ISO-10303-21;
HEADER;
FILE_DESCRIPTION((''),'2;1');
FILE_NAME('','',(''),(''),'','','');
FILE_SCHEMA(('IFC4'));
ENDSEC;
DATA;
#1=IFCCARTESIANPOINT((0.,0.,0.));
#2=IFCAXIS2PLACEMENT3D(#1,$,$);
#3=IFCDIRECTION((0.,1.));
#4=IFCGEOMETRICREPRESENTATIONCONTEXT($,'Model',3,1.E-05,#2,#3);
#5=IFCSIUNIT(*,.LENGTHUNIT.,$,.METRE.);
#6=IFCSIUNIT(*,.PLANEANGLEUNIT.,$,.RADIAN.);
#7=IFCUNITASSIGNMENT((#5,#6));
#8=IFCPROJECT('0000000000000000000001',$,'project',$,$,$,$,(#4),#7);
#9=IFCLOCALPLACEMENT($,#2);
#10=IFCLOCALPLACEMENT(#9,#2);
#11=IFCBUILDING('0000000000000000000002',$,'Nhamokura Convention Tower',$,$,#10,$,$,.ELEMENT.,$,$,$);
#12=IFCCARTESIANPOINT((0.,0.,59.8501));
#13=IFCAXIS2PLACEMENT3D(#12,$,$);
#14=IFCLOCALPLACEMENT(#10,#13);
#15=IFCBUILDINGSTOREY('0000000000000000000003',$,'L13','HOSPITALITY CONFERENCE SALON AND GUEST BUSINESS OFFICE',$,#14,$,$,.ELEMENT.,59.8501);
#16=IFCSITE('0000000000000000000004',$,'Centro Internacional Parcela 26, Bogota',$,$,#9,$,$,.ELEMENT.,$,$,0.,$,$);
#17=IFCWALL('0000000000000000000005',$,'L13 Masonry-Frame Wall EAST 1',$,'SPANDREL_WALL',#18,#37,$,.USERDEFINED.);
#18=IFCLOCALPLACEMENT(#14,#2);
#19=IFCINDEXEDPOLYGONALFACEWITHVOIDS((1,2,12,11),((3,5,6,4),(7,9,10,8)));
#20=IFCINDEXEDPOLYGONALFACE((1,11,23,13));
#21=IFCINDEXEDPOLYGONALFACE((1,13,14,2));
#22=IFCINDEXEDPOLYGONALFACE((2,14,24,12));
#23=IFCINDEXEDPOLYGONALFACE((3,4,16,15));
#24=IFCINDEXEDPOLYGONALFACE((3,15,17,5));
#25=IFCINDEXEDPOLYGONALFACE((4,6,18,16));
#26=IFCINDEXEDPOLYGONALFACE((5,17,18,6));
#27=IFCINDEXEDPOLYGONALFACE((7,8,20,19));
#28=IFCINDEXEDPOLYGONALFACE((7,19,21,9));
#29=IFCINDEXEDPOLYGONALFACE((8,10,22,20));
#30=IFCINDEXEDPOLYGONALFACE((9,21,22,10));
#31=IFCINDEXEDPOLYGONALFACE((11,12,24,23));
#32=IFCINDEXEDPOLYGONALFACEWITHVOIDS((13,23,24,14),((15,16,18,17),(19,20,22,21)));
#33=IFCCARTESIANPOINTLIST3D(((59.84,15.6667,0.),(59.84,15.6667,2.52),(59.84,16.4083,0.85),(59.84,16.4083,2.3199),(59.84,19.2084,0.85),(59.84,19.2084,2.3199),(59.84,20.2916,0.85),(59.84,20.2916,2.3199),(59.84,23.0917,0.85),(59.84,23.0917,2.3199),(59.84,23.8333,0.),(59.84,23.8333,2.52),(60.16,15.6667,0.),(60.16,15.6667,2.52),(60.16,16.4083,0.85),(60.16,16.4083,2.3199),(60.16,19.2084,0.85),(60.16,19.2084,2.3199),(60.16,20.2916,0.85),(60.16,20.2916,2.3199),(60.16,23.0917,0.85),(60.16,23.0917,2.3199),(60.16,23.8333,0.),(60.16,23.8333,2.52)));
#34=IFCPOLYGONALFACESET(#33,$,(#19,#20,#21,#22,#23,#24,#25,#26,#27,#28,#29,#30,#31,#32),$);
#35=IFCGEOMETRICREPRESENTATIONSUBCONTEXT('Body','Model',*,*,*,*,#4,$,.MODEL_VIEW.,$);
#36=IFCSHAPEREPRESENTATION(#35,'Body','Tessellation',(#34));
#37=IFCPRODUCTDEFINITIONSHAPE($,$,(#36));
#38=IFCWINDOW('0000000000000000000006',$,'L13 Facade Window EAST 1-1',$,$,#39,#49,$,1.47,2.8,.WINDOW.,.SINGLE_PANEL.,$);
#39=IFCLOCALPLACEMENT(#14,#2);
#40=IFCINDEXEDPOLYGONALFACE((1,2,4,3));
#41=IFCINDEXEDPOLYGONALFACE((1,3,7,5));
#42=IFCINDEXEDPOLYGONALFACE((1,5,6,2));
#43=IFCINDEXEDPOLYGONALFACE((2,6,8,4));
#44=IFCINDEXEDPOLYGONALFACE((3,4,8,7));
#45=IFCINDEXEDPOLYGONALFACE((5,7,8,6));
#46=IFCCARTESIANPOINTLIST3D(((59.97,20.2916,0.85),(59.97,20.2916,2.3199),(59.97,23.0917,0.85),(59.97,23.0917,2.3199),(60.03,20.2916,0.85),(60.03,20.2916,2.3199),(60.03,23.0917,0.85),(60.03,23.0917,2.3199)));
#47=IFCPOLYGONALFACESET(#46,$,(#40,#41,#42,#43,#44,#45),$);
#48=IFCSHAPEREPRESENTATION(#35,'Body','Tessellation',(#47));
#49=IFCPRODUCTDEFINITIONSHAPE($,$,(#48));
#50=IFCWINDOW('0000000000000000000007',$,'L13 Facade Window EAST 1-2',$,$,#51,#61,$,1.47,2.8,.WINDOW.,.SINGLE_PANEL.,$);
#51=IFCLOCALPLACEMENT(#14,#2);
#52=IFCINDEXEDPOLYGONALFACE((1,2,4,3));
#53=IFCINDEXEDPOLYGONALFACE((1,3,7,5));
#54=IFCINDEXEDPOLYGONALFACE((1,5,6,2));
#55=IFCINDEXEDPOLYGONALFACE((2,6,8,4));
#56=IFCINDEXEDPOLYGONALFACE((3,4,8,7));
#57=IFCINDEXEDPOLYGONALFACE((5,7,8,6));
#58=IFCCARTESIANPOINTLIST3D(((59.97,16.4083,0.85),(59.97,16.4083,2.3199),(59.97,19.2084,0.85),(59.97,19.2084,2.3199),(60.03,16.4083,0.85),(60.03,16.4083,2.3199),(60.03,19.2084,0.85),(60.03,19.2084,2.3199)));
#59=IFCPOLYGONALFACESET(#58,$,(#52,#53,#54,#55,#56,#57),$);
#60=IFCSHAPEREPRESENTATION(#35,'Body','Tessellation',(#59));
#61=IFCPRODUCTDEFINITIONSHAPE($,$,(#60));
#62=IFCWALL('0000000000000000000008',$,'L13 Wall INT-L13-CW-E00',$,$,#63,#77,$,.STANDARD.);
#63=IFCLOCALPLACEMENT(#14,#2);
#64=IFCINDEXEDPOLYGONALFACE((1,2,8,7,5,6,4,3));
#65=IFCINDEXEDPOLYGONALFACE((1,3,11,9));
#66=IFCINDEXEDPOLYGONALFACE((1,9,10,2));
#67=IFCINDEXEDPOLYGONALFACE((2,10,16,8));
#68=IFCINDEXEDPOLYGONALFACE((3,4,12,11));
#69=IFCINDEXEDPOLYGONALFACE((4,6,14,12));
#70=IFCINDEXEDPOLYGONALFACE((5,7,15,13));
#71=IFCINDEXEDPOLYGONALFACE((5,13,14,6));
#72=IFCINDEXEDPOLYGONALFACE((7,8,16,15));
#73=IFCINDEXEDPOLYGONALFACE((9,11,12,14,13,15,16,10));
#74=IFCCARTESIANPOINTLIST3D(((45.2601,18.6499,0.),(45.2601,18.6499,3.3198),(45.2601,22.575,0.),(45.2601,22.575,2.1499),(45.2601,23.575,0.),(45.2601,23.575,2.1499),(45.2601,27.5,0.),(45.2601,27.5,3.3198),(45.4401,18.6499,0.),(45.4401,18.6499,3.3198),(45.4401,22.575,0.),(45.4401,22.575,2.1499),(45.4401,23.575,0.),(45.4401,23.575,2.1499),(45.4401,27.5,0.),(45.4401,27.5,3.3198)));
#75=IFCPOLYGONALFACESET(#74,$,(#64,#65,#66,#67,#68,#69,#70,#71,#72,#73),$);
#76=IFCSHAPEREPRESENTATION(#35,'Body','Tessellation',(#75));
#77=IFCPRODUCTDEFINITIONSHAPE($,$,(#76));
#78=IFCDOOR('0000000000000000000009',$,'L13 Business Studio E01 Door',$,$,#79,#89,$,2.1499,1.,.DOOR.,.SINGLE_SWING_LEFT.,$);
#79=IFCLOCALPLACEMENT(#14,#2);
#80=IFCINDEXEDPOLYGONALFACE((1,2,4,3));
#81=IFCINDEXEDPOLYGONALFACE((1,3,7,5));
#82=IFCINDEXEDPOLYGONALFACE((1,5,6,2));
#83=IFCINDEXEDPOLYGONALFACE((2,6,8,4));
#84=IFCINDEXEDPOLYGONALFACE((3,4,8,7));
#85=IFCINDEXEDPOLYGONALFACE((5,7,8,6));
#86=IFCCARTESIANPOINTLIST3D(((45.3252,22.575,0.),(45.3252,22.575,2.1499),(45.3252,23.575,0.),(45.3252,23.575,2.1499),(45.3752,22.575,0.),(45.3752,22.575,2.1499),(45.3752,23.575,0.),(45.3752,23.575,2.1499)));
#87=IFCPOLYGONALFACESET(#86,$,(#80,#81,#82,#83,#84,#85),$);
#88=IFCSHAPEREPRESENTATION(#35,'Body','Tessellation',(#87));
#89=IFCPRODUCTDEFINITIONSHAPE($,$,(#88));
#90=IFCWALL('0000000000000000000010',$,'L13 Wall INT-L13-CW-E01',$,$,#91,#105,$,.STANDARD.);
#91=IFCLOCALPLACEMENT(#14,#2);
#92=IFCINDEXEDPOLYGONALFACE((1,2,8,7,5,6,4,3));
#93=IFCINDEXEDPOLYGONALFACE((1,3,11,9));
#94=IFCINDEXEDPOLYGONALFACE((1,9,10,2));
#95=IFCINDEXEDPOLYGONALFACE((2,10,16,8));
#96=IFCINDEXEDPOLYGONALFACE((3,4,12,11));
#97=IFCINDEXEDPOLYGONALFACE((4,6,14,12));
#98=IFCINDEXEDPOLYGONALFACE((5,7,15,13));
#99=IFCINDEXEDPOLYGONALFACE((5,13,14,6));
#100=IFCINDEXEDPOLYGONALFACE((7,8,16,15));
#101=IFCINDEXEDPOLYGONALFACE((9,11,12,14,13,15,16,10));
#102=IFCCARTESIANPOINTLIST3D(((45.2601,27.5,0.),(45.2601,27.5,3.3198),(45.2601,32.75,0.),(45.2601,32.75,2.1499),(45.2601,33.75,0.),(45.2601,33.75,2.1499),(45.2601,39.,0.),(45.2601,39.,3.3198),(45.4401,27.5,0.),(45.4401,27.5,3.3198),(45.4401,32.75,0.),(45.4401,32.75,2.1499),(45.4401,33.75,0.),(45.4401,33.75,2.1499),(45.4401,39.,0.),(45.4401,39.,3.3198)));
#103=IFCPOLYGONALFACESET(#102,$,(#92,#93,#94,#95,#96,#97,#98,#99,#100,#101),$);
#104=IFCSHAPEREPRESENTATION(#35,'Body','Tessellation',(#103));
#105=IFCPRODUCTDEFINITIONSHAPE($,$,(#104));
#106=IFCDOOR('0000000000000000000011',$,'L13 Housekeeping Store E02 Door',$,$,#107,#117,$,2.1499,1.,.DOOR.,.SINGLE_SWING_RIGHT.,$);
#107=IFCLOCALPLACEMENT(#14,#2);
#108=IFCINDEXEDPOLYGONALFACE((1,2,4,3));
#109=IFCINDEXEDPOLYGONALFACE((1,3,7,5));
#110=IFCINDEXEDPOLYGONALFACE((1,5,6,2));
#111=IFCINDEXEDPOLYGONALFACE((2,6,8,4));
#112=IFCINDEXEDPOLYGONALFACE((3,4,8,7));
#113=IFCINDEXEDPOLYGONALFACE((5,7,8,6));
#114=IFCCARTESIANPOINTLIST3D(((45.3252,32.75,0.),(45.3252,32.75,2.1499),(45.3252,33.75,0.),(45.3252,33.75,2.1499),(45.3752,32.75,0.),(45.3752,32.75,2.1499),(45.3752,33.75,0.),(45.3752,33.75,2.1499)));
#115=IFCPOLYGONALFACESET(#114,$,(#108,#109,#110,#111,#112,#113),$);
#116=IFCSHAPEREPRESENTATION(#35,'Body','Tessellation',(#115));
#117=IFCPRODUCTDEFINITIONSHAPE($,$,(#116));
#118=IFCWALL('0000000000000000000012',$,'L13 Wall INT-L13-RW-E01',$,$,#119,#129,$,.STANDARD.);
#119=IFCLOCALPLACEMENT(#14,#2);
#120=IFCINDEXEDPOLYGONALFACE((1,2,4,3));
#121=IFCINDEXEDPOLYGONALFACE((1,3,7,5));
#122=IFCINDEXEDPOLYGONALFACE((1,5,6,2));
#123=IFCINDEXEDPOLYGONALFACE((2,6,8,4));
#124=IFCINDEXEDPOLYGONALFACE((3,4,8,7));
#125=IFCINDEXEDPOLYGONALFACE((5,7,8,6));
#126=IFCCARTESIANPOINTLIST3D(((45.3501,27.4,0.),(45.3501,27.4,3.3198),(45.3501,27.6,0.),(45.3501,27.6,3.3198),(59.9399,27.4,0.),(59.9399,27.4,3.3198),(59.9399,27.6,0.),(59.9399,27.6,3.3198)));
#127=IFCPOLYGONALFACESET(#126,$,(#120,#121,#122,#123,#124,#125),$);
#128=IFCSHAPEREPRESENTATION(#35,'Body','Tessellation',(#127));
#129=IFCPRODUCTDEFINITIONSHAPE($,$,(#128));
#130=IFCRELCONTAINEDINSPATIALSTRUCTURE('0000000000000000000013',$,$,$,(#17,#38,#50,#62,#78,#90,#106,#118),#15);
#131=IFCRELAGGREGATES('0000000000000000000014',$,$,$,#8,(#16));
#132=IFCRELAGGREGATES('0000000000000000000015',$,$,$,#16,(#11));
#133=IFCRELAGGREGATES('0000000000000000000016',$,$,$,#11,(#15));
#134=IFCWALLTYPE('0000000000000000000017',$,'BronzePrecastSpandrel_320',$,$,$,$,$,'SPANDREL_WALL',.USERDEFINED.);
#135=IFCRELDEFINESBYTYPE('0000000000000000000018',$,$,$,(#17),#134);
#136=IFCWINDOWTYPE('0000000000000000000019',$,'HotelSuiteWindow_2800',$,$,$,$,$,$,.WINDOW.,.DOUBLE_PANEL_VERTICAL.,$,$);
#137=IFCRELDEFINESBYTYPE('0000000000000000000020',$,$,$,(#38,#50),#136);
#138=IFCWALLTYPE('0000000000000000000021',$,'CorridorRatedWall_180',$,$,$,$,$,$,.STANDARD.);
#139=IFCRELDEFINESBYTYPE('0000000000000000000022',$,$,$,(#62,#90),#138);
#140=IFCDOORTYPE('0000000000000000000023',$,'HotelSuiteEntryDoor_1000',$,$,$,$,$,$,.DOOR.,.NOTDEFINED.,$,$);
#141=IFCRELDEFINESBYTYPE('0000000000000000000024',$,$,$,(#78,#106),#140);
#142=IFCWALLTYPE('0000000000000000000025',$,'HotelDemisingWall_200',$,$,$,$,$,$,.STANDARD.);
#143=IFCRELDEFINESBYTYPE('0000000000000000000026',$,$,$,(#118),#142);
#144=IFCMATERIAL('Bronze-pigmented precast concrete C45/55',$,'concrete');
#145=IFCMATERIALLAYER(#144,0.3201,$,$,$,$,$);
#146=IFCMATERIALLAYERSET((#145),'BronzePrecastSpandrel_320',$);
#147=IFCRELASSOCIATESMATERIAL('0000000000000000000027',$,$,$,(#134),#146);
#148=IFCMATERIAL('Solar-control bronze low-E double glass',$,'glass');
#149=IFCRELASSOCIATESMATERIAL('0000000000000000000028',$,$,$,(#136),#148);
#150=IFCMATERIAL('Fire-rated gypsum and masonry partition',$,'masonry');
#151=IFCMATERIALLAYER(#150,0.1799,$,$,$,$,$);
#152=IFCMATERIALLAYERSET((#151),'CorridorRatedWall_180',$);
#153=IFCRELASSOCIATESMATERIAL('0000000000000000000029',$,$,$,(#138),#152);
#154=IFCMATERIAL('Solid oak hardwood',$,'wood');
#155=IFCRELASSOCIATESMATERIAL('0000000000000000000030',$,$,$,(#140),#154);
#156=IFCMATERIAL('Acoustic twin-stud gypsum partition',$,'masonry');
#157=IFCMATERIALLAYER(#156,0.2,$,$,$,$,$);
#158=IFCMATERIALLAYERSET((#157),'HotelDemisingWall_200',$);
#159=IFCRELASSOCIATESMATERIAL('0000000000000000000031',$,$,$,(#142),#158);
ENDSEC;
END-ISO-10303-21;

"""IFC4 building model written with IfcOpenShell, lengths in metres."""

from ifc_helpers import new_model, si_unit, direction, frame, frame_2d, origin, place, context, subcontext, project, spatial, rectangle, extrude, material, layer, layer_set, type_object, element, fill, save


model = new_model("IFC4")

# Units and contexts
model_context = context("Model", 3, precision=1e-05, world=origin(), true_north=direction((0.0, 1.0)))
body_context = subcontext(model_context, "Body", "Model", "MODEL_VIEW")
ifc_project = project(units=[si_unit("LENGTHUNIT", "METRE"), si_unit("PLANEANGLEUNIT", "RADIAN")], contexts=[model_context])

# Site, building, storey
site_placement = place(None, origin())
site = spatial("IfcSite", under=ifc_project, at=site_placement, Name="Centro Internacional Parcela 26, Bogota", CompositionType="ELEMENT", RefElevation=0.0)
building_placement = place(site_placement, origin())
building = spatial("IfcBuilding", under=site, at=building_placement, Name="Nhamokura Convention Tower", CompositionType="ELEMENT")
storey_placement = place(building_placement, frame((0.0, 0.0, 59.8501)))
storey = spatial("IfcBuildingStorey", under=building, at=storey_placement, Name="L13", Description="HOSPITALITY CONFERENCE SALON AND GUEST BUSINESS OFFICE", CompositionType="ELEMENT", Elevation=59.8501)

# Shared definitions
ifc_material_1 = material(Name="Bronze-pigmented precast concrete C45/55", Category="concrete")
ifc_layer_1 = layer(ifc_material_1, 0.3201)
ifc_layer_set_1 = layer_set([ifc_layer_1], Name="BronzePrecastSpandrel_320")
wall_type_1 = type_object("IfcWallType", Name="BronzePrecastSpandrel_320", ElementType="SPANDREL_WALL", PredefinedType="USERDEFINED", material=ifc_layer_set_1)

# Wall, openings, windows
wall_1_placement = place(storey_placement, frame((60.0, 23.8333, 0.0), z_axis=(0.0, 0.0, 1.0), x_axis=(0.0, -1.0, 0.0)))
wall_1 = element("IfcWall", 1, at=wall_1_placement, inside=storey, type_object=wall_type_1, Name="L13 Masonry-Frame Wall EAST 1", ObjectType="SPANDREL_WALL", PredefinedType="USERDEFINED", context=body_context, shape_type="SweptSolid", body=[
    extrude(rectangle(XDim=8.1665, YDim=0.3201, at=frame_2d((4.0833, 0.0))), origin(), (0.0, 0.0, 1.0), 2.52),
])
opening_1_placement = place(wall_1_placement, frame((0.7417, 0.0, 0.8501)))
opening_1 = element("IfcOpeningElement", 2, at=opening_1_placement, cuts=wall_1, PredefinedType="OPENING", context=body_context, shape_type="SweptSolid", body=[
    extrude(rectangle(XDim=2.8, YDim=1.47, at=frame_2d((1.3999, 0.7349))), frame((0.0, 0.1699, 0.0), z_axis=(0.0, -1.0, 0.0), x_axis=(1.0, 0.0, 0.0)), (0.0, 0.0, 1.0), 0.3401),
])
opening_2_placement = place(wall_1_placement, frame((4.625, 0.0, 0.8501)))
opening_2 = element("IfcOpeningElement", 3, at=opening_2_placement, cuts=wall_1, PredefinedType="OPENING", context=body_context, shape_type="SweptSolid", body=[
    extrude(rectangle(XDim=2.8, YDim=1.47, at=frame_2d((1.3999, 0.7349))), frame((0.0, 0.1699, 0.0), z_axis=(0.0, -1.0, 0.0), x_axis=(1.0, 0.0, 0.0)), (0.0, 0.0, 1.0), 0.3401),
])
ifc_material_2 = material(Name="Solar-control bronze low-E double glass", Category="glass")
window_type = type_object("IfcWindowType", Name="HotelSuiteWindow_2800", PartitioningType="DOUBLE_PANEL_VERTICAL", PredefinedType="WINDOW", material=ifc_material_2)
window_1_placement = place(opening_1_placement, origin())
window_1 = element("IfcWindow", 4, at=window_1_placement, inside=storey, type_object=window_type, Name="L13 Facade Window EAST 1-1", OverallHeight=1.47, OverallWidth=2.8, PartitioningType="SINGLE_PANEL", PredefinedType="WINDOW", context=body_context, shape_type="SweptSolid", body=[
    extrude(rectangle(XDim=2.8, YDim=1.47, at=frame_2d((1.3999, 0.7349))), frame((0.0, 0.03, 0.0), z_axis=(0.0, -1.0, 0.0), x_axis=(1.0, 0.0, 0.0)), (0.0, 0.0, 1.0), 0.0601),
])
fill(opening_1, window_1)
window_2_placement = place(opening_2_placement, origin())
window_2 = element("IfcWindow", 5, at=window_2_placement, inside=storey, type_object=window_type, Name="L13 Facade Window EAST 1-2", OverallHeight=1.47, OverallWidth=2.8, PartitioningType="SINGLE_PANEL", PredefinedType="WINDOW", context=body_context, shape_type="SweptSolid", body=[
    extrude(rectangle(XDim=2.8, YDim=1.47, at=frame_2d((1.3999, 0.7349))), frame((0.0, 0.03, 0.0), z_axis=(0.0, -1.0, 0.0), x_axis=(1.0, 0.0, 0.0)), (0.0, 0.0, 1.0), 0.0601),
])
fill(opening_2, window_2)

# Walls, openings, doors
ifc_material_3 = material(Name="Fire-rated gypsum and masonry partition", Category="masonry")
ifc_layer_2 = layer(ifc_material_3, 0.1799)
ifc_layer_set_2 = layer_set([ifc_layer_2], Name="CorridorRatedWall_180")
wall_type_2 = type_object("IfcWallType", Name="CorridorRatedWall_180", PredefinedType="STANDARD", material=ifc_layer_set_2)
wall_2_placement = place(storey_placement, frame((45.3501, 18.6499, 0.0), z_axis=(0.0, 0.0, 1.0), x_axis=(0.0, 1.0, 0.0)))
wall_2 = element("IfcWall", 6, at=wall_2_placement, inside=storey, type_object=wall_type_2, Name="L13 Wall INT-L13-CW-E00", PredefinedType="STANDARD", context=body_context, shape_type="SweptSolid", body=[
    extrude(rectangle(XDim=8.8501, YDim=0.1799, at=frame_2d((4.425, 0.0))), origin(), (0.0, 0.0, 1.0), 3.3198),
])
opening_3_placement = place(wall_2_placement, frame((3.925, 0.0, 0.0)))
opening_3 = element("IfcOpeningElement", 7, at=opening_3_placement, cuts=wall_2, PredefinedType="OPENING", context=body_context, shape_type="SweptSolid", body=[
    extrude(rectangle(XDim=1.0, YDim=2.1499, at=frame_2d((0.5, 1.075))), frame((0.0, 0.0999, 0.0), z_axis=(0.0, -1.0, 0.0), x_axis=(1.0, 0.0, 0.0)), (0.0, 0.0, 1.0), 0.2),
])
ifc_material_4 = material(Name="Solid oak hardwood", Category="wood")
door_type = type_object("IfcDoorType", Name="HotelSuiteEntryDoor_1000", OperationType="NOTDEFINED", PredefinedType="DOOR", material=ifc_material_4)
door_1_placement = place(opening_3_placement, origin())
door_1 = element("IfcDoor", 8, at=door_1_placement, inside=storey, type_object=door_type, Name="L13 Business Studio E01 Door", OperationType="SINGLE_SWING_LEFT", OverallHeight=2.1499, OverallWidth=1.0, PredefinedType="DOOR", context=body_context, shape_type="SweptSolid", body=[
    extrude(rectangle(XDim=1.0, YDim=2.1499, at=frame_2d((0.5, 1.075))), frame((0.0, 0.0249, 0.0), z_axis=(0.0, -1.0, 0.0), x_axis=(1.0, 0.0, 0.0)), (0.0, 0.0, 1.0), 0.05),
])
fill(opening_3, door_1)
wall_3_placement = place(storey_placement, frame((45.3501, 27.5, 0.0), z_axis=(0.0, 0.0, 1.0), x_axis=(0.0, 1.0, 0.0)))
wall_3 = element("IfcWall", 9, at=wall_3_placement, inside=storey, type_object=wall_type_2, Name="L13 Wall INT-L13-CW-E01", PredefinedType="STANDARD", context=body_context, shape_type="SweptSolid", body=[
    extrude(rectangle(XDim=11.5, YDim=0.1799, at=frame_2d((5.75, 0.0))), origin(), (0.0, 0.0, 1.0), 3.3198),
])
opening_4_placement = place(wall_3_placement, frame((5.25, 0.0, 0.0)))
opening_4 = element("IfcOpeningElement", 10, at=opening_4_placement, cuts=wall_3, PredefinedType="OPENING", context=body_context, shape_type="SweptSolid", body=[
    extrude(rectangle(XDim=1.0, YDim=2.1499, at=frame_2d((0.5, 1.075))), frame((0.0, 0.0999, 0.0), z_axis=(0.0, -1.0, 0.0), x_axis=(1.0, 0.0, 0.0)), (0.0, 0.0, 1.0), 0.2),
])
door_2_placement = place(opening_4_placement, origin())
door_2 = element("IfcDoor", 11, at=door_2_placement, inside=storey, type_object=door_type, Name="L13 Housekeeping Store E02 Door", OperationType="SINGLE_SWING_RIGHT", OverallHeight=2.1499, OverallWidth=1.0, PredefinedType="DOOR", context=body_context, shape_type="SweptSolid", body=[
    extrude(rectangle(XDim=1.0, YDim=2.1499, at=frame_2d((0.5, 1.075))), frame((0.0, 0.0249, 0.0), z_axis=(0.0, -1.0, 0.0), x_axis=(1.0, 0.0, 0.0)), (0.0, 0.0, 1.0), 0.05),
])
fill(opening_4, door_2)

# Wall
ifc_material_5 = material(Name="Acoustic twin-stud gypsum partition", Category="masonry")
ifc_layer_3 = layer(ifc_material_5, 0.2)
ifc_layer_set_3 = layer_set([ifc_layer_3], Name="HotelDemisingWall_200")
wall_type_3 = type_object("IfcWallType", Name="HotelDemisingWall_200", PredefinedType="STANDARD", material=ifc_layer_set_3)
wall_4_placement = place(storey_placement, frame((45.3501, 27.5, 0.0), z_axis=(0.0, 0.0, 1.0), x_axis=(1.0, 0.0, 0.0)))
element("IfcWall", 12, at=wall_4_placement, inside=storey, type_object=wall_type_3, Name="L13 Wall INT-L13-RW-E01", PredefinedType="STANDARD", context=body_context, shape_type="SweptSolid", body=[
    extrude(rectangle(XDim=14.5898, YDim=0.2, at=frame_2d((7.2949, 0.0))), origin(), (0.0, 0.0, 1.0), 3.3198),
])

save(model, "model.ifc")
